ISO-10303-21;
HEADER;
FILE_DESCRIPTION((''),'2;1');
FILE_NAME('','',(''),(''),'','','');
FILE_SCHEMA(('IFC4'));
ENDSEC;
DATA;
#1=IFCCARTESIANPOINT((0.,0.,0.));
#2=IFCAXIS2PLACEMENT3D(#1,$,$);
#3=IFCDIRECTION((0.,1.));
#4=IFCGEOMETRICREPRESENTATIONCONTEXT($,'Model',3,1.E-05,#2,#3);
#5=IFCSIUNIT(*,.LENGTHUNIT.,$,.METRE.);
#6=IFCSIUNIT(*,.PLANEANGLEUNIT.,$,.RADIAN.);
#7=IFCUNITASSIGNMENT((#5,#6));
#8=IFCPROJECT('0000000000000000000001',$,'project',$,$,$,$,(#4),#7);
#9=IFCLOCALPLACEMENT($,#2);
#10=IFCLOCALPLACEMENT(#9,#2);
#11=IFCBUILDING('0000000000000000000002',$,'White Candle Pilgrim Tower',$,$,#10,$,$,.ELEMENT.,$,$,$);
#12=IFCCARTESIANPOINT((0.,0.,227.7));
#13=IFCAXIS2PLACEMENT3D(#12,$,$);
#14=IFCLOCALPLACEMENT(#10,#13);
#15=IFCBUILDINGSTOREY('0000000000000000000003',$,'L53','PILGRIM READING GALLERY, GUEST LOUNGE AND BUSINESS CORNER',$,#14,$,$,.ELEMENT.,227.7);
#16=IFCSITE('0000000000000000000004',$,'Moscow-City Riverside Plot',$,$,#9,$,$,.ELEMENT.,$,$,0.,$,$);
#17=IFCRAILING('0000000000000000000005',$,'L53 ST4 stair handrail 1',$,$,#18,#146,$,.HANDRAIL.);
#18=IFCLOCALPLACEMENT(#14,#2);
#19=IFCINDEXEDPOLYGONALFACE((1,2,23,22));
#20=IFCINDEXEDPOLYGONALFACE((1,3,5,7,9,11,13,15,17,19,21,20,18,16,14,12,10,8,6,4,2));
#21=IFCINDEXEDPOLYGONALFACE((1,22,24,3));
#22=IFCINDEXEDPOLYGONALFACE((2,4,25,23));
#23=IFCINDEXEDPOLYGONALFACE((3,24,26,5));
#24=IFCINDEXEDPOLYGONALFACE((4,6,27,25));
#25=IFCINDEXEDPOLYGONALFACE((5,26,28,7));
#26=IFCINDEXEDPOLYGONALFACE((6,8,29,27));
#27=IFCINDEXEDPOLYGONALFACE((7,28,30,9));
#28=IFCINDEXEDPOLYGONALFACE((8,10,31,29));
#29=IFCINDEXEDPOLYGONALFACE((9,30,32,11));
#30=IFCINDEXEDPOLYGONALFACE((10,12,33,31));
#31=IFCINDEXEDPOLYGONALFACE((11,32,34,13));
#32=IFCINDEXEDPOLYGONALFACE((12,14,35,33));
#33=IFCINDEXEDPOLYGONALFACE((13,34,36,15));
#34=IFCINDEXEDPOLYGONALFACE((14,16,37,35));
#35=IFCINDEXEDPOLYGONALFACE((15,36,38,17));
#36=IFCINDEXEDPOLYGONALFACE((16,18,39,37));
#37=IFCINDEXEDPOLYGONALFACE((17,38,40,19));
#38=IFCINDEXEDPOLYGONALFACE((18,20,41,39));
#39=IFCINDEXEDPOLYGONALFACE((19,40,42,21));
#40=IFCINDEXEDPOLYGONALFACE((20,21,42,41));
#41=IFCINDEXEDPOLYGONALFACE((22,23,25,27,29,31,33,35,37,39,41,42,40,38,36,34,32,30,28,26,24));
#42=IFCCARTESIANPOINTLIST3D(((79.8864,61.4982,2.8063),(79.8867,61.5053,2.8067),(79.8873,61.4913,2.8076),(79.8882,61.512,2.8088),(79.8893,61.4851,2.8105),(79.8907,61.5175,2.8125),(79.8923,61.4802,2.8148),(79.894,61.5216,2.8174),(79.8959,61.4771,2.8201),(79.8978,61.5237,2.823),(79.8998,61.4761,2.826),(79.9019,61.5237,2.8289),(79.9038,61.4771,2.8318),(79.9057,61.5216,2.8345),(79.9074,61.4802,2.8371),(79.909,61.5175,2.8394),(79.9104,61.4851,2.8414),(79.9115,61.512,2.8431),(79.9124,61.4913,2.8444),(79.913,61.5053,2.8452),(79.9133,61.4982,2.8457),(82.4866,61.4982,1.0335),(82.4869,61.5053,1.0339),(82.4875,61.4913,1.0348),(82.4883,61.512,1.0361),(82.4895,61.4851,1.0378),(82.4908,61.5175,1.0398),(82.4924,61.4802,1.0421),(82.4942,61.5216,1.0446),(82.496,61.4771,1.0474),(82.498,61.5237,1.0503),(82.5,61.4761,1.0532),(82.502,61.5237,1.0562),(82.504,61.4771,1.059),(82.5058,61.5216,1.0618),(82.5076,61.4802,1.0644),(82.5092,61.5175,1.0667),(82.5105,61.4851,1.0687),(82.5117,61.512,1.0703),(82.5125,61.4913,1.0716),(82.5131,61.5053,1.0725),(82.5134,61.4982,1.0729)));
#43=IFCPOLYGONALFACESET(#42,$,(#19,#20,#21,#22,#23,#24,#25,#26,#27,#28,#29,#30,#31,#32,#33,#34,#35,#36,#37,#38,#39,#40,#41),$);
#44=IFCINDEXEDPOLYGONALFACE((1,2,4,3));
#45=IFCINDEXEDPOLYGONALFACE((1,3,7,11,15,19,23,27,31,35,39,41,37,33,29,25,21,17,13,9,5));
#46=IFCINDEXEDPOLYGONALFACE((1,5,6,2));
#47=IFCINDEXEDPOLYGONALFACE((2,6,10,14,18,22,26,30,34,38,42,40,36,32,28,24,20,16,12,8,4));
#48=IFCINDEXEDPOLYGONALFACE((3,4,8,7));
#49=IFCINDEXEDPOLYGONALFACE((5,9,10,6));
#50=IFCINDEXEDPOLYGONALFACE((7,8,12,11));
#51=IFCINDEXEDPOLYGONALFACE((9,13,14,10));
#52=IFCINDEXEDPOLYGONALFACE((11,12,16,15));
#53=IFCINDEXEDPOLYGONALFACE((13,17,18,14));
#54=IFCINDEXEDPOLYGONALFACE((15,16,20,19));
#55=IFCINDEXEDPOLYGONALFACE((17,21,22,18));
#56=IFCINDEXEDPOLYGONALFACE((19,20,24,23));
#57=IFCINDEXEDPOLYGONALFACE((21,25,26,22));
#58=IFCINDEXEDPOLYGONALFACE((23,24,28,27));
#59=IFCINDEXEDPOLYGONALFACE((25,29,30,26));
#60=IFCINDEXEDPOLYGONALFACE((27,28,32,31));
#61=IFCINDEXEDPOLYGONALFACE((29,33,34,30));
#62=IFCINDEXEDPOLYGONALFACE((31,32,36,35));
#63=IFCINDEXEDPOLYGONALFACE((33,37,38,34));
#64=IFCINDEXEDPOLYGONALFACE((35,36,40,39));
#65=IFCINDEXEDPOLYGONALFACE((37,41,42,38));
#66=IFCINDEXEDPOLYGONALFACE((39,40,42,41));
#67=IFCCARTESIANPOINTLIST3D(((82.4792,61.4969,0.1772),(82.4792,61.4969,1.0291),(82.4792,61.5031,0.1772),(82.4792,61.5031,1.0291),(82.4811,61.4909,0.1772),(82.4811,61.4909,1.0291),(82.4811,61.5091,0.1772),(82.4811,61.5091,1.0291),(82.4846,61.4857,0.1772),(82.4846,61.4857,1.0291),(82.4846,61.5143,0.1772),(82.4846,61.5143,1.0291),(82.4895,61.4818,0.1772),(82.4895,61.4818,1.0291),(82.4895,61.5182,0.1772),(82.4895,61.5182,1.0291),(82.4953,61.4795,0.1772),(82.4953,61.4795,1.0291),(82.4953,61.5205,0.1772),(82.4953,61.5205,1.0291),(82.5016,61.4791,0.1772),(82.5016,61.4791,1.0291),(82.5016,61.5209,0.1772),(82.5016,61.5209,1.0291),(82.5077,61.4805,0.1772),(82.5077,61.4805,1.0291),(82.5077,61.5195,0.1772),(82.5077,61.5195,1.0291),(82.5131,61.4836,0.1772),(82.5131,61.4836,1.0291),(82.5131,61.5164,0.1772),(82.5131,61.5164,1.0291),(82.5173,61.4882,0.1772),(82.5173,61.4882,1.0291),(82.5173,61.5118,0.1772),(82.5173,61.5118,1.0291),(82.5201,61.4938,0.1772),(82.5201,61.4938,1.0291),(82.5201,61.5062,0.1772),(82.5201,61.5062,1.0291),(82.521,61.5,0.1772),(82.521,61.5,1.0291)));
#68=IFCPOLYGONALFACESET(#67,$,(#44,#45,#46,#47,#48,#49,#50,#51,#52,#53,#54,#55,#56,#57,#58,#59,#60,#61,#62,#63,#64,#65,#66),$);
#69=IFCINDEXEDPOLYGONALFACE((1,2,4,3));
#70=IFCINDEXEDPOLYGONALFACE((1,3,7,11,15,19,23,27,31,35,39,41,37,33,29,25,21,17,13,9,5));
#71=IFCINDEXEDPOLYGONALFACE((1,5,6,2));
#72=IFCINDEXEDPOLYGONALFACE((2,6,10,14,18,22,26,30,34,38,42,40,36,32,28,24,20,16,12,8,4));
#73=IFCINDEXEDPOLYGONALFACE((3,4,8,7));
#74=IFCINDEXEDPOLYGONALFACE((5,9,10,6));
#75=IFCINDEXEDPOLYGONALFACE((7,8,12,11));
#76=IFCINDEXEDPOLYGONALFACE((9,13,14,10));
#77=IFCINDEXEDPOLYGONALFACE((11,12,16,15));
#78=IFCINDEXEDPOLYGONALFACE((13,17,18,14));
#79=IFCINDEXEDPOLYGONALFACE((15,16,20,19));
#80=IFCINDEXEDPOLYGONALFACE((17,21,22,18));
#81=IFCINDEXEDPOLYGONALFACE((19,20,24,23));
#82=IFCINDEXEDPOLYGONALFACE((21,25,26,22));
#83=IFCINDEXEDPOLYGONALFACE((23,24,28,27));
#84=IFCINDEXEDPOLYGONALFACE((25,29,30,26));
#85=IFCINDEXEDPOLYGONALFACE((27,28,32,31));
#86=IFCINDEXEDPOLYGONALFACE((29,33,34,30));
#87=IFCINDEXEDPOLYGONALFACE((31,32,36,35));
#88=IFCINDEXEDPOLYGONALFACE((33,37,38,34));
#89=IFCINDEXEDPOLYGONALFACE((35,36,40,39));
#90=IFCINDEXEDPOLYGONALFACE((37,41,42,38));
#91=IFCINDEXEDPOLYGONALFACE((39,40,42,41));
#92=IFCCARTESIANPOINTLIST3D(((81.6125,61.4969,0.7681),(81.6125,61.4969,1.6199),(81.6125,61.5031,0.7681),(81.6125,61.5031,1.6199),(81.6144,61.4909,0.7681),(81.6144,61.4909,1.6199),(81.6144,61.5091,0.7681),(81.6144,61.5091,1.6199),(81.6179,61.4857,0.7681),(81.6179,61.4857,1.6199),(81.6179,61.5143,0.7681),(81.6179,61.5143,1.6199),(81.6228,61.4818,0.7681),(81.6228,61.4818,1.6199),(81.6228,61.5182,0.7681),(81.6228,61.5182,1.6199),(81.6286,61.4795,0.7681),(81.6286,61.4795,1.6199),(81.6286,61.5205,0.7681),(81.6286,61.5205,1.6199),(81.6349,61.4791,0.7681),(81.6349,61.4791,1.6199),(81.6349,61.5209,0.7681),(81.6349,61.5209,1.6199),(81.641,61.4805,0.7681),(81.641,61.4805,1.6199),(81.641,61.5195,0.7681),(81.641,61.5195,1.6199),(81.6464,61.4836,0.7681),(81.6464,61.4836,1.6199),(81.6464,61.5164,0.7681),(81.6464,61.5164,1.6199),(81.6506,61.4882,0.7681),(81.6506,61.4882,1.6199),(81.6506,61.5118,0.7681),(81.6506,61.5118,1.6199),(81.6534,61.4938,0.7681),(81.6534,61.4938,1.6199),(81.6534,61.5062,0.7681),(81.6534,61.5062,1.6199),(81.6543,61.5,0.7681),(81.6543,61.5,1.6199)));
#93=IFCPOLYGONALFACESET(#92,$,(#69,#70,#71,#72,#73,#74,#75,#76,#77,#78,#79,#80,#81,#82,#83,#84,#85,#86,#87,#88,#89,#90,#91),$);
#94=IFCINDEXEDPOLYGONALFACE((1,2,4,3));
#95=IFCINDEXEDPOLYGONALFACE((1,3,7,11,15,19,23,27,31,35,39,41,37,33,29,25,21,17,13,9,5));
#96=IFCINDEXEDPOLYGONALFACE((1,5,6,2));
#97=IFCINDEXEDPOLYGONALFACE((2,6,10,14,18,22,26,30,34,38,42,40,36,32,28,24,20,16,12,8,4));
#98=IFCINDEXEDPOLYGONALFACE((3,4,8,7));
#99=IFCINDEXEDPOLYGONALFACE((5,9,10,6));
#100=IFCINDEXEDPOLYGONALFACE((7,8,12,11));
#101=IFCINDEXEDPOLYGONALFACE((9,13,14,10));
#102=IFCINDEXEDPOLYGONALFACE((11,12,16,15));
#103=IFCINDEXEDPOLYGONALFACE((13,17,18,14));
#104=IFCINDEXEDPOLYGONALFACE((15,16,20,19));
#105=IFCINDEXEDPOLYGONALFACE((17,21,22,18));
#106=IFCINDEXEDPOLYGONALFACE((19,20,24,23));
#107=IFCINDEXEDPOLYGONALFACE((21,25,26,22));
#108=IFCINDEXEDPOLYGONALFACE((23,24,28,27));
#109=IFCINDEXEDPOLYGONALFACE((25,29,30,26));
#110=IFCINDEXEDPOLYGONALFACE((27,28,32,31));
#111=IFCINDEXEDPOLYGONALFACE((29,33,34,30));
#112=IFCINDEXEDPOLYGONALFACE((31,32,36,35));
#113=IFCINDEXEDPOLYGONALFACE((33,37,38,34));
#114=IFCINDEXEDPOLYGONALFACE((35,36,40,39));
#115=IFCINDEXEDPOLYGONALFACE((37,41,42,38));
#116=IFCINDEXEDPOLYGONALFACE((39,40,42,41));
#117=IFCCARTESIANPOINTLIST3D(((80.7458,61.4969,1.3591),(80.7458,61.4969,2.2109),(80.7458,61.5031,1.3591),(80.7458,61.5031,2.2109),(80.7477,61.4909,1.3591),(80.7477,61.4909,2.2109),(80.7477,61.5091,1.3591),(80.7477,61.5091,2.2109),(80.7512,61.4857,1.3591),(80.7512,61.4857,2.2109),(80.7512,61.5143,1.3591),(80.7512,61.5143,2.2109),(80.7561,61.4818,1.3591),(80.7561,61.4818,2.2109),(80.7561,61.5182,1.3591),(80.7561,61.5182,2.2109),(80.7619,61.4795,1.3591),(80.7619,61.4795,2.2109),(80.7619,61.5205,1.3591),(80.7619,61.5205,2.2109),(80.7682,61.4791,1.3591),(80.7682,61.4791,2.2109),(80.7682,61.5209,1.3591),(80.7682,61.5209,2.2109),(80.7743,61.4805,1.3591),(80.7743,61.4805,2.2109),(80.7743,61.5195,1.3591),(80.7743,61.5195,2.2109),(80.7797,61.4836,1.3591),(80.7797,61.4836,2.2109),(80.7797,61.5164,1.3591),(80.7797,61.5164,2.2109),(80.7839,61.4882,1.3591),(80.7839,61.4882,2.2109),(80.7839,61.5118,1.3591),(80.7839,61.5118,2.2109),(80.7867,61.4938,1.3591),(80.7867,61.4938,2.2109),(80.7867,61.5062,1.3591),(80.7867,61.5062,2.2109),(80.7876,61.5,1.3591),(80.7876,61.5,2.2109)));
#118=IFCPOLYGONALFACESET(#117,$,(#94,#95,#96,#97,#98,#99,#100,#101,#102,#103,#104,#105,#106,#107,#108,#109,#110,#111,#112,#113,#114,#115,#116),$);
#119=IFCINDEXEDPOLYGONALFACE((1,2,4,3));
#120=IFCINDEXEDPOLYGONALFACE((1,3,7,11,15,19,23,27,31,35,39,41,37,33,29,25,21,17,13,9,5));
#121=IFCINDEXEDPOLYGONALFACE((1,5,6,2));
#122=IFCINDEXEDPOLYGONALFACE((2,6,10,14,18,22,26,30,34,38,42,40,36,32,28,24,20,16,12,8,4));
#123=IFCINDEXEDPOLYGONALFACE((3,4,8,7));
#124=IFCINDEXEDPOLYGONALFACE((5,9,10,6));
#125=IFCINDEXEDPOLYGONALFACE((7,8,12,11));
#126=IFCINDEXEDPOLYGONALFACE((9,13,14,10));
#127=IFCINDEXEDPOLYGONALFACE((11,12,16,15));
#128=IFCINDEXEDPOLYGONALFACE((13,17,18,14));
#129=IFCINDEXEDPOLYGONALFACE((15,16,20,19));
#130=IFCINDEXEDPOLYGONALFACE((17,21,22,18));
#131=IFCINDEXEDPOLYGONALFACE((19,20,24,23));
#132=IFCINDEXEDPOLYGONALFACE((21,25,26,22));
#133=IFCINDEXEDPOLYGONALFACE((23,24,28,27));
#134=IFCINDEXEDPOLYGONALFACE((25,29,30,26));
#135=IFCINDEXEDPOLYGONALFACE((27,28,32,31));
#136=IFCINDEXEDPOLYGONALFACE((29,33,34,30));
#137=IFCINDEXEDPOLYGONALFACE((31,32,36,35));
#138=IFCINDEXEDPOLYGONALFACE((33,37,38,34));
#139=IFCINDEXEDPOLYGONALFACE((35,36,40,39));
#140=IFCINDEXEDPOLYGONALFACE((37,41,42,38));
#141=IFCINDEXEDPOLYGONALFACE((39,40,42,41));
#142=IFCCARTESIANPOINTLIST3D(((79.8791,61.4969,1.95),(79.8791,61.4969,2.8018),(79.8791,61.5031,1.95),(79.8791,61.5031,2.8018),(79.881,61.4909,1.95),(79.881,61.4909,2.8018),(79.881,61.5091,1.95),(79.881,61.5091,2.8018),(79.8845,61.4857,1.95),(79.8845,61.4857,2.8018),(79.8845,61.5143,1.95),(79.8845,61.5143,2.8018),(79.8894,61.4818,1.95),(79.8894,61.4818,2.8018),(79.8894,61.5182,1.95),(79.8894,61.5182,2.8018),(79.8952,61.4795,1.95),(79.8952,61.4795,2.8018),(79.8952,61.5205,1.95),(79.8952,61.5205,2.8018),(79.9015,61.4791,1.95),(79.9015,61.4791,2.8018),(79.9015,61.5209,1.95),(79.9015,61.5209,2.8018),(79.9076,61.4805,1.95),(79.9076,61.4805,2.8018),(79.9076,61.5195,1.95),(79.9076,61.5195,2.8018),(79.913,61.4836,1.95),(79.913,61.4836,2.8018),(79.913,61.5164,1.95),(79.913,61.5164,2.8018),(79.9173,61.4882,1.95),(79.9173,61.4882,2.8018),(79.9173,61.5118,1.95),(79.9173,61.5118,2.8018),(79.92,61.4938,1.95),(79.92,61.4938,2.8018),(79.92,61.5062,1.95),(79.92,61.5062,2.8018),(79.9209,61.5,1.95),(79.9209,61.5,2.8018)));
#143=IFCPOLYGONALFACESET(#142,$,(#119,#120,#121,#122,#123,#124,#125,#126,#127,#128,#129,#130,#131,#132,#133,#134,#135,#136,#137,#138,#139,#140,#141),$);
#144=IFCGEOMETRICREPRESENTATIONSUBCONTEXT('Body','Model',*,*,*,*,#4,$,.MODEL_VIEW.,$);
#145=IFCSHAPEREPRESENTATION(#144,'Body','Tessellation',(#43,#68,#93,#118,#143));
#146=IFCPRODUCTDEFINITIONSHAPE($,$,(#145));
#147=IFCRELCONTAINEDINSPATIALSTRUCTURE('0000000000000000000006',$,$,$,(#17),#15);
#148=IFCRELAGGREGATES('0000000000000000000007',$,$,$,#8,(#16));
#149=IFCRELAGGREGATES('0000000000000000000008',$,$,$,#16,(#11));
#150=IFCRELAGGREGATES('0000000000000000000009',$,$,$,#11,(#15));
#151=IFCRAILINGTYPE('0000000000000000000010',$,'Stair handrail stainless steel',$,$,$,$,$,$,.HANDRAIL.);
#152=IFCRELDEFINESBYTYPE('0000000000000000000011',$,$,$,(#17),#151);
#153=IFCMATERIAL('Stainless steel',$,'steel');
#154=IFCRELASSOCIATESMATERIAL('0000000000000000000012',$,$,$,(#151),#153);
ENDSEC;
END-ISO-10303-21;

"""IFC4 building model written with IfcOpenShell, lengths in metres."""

from ifc_helpers import new_model, si_unit, direction, frame, origin, origin_2d, place, context, subcontext, project, spatial, circle, extrude, material, type_object, element, save


model = new_model("IFC4")

# Units and contexts
model_context = context("Model", 3, precision=1e-05, world=origin(), true_north=direction((0.0, 1.0)))
body_context = subcontext(model_context, "Body", "Model", "MODEL_VIEW")
ifc_project = project(units=[si_unit("LENGTHUNIT", "METRE"), si_unit("PLANEANGLEUNIT", "RADIAN")], contexts=[model_context])

# Site, building, storey
site_placement = place(None, origin())
site = spatial("IfcSite", under=ifc_project, at=site_placement, Name="Moscow-City Riverside Plot", CompositionType="ELEMENT", RefElevation=0.0)
building_placement = place(site_placement, origin())
building = spatial("IfcBuilding", under=site, at=building_placement, Name="White Candle Pilgrim Tower", CompositionType="ELEMENT")
storey_placement = place(building_placement, frame((0.0, 0.0, 227.7)))
storey = spatial("IfcBuildingStorey", under=building, at=storey_placement, Name="L53", Description="PILGRIM READING GALLERY, GUEST LOUNGE AND BUSINESS CORNER", CompositionType="ELEMENT", Elevation=227.7)

# Railing
ifc_material_1 = material(Name="Stainless steel", Category="steel")
railing_type_1 = type_object("IfcRailingType", Name="Stair handrail stainless steel", PredefinedType="HANDRAIL", material=ifc_material_1)
railing_1_placement = place(storey_placement, frame((82.5, 61.5, 0.1772)))
element("IfcRailing", 1, at=railing_1_placement, inside=storey, type_object=railing_type_1, Name="L53 ST4 stair handrail 1", PredefinedType="HANDRAIL", context=body_context, shape_type="SweptSolid", body=[
    extrude(circle(Radius=0.0239, at=origin_2d()), frame((0.0, 0.0, 0.876), z_axis=(-0.82624, 0.0, 0.563318), x_axis=(0.0, -1.0, 0.0)), (0.0, 0.0, 1.0), 3.147),
    extrude(circle(Radius=0.021, at=origin_2d()), origin(), (0.0, 0.0, 1.0), 0.8518),
    extrude(circle(Radius=0.021, at=origin_2d()), frame((-0.8667, 0.0, 0.5908)), (0.0, 0.0, 1.0), 0.8518),
    extrude(circle(Radius=0.021, at=origin_2d()), frame((-1.7334, 0.0, 1.1819)), (0.0, 0.0, 1.0), 0.8518),
    extrude(circle(Radius=0.021, at=origin_2d()), frame((-2.6001, 0.0, 1.7727)), (0.0, 0.0, 1.0), 0.8518),
])

save(model, "model.ifc")
